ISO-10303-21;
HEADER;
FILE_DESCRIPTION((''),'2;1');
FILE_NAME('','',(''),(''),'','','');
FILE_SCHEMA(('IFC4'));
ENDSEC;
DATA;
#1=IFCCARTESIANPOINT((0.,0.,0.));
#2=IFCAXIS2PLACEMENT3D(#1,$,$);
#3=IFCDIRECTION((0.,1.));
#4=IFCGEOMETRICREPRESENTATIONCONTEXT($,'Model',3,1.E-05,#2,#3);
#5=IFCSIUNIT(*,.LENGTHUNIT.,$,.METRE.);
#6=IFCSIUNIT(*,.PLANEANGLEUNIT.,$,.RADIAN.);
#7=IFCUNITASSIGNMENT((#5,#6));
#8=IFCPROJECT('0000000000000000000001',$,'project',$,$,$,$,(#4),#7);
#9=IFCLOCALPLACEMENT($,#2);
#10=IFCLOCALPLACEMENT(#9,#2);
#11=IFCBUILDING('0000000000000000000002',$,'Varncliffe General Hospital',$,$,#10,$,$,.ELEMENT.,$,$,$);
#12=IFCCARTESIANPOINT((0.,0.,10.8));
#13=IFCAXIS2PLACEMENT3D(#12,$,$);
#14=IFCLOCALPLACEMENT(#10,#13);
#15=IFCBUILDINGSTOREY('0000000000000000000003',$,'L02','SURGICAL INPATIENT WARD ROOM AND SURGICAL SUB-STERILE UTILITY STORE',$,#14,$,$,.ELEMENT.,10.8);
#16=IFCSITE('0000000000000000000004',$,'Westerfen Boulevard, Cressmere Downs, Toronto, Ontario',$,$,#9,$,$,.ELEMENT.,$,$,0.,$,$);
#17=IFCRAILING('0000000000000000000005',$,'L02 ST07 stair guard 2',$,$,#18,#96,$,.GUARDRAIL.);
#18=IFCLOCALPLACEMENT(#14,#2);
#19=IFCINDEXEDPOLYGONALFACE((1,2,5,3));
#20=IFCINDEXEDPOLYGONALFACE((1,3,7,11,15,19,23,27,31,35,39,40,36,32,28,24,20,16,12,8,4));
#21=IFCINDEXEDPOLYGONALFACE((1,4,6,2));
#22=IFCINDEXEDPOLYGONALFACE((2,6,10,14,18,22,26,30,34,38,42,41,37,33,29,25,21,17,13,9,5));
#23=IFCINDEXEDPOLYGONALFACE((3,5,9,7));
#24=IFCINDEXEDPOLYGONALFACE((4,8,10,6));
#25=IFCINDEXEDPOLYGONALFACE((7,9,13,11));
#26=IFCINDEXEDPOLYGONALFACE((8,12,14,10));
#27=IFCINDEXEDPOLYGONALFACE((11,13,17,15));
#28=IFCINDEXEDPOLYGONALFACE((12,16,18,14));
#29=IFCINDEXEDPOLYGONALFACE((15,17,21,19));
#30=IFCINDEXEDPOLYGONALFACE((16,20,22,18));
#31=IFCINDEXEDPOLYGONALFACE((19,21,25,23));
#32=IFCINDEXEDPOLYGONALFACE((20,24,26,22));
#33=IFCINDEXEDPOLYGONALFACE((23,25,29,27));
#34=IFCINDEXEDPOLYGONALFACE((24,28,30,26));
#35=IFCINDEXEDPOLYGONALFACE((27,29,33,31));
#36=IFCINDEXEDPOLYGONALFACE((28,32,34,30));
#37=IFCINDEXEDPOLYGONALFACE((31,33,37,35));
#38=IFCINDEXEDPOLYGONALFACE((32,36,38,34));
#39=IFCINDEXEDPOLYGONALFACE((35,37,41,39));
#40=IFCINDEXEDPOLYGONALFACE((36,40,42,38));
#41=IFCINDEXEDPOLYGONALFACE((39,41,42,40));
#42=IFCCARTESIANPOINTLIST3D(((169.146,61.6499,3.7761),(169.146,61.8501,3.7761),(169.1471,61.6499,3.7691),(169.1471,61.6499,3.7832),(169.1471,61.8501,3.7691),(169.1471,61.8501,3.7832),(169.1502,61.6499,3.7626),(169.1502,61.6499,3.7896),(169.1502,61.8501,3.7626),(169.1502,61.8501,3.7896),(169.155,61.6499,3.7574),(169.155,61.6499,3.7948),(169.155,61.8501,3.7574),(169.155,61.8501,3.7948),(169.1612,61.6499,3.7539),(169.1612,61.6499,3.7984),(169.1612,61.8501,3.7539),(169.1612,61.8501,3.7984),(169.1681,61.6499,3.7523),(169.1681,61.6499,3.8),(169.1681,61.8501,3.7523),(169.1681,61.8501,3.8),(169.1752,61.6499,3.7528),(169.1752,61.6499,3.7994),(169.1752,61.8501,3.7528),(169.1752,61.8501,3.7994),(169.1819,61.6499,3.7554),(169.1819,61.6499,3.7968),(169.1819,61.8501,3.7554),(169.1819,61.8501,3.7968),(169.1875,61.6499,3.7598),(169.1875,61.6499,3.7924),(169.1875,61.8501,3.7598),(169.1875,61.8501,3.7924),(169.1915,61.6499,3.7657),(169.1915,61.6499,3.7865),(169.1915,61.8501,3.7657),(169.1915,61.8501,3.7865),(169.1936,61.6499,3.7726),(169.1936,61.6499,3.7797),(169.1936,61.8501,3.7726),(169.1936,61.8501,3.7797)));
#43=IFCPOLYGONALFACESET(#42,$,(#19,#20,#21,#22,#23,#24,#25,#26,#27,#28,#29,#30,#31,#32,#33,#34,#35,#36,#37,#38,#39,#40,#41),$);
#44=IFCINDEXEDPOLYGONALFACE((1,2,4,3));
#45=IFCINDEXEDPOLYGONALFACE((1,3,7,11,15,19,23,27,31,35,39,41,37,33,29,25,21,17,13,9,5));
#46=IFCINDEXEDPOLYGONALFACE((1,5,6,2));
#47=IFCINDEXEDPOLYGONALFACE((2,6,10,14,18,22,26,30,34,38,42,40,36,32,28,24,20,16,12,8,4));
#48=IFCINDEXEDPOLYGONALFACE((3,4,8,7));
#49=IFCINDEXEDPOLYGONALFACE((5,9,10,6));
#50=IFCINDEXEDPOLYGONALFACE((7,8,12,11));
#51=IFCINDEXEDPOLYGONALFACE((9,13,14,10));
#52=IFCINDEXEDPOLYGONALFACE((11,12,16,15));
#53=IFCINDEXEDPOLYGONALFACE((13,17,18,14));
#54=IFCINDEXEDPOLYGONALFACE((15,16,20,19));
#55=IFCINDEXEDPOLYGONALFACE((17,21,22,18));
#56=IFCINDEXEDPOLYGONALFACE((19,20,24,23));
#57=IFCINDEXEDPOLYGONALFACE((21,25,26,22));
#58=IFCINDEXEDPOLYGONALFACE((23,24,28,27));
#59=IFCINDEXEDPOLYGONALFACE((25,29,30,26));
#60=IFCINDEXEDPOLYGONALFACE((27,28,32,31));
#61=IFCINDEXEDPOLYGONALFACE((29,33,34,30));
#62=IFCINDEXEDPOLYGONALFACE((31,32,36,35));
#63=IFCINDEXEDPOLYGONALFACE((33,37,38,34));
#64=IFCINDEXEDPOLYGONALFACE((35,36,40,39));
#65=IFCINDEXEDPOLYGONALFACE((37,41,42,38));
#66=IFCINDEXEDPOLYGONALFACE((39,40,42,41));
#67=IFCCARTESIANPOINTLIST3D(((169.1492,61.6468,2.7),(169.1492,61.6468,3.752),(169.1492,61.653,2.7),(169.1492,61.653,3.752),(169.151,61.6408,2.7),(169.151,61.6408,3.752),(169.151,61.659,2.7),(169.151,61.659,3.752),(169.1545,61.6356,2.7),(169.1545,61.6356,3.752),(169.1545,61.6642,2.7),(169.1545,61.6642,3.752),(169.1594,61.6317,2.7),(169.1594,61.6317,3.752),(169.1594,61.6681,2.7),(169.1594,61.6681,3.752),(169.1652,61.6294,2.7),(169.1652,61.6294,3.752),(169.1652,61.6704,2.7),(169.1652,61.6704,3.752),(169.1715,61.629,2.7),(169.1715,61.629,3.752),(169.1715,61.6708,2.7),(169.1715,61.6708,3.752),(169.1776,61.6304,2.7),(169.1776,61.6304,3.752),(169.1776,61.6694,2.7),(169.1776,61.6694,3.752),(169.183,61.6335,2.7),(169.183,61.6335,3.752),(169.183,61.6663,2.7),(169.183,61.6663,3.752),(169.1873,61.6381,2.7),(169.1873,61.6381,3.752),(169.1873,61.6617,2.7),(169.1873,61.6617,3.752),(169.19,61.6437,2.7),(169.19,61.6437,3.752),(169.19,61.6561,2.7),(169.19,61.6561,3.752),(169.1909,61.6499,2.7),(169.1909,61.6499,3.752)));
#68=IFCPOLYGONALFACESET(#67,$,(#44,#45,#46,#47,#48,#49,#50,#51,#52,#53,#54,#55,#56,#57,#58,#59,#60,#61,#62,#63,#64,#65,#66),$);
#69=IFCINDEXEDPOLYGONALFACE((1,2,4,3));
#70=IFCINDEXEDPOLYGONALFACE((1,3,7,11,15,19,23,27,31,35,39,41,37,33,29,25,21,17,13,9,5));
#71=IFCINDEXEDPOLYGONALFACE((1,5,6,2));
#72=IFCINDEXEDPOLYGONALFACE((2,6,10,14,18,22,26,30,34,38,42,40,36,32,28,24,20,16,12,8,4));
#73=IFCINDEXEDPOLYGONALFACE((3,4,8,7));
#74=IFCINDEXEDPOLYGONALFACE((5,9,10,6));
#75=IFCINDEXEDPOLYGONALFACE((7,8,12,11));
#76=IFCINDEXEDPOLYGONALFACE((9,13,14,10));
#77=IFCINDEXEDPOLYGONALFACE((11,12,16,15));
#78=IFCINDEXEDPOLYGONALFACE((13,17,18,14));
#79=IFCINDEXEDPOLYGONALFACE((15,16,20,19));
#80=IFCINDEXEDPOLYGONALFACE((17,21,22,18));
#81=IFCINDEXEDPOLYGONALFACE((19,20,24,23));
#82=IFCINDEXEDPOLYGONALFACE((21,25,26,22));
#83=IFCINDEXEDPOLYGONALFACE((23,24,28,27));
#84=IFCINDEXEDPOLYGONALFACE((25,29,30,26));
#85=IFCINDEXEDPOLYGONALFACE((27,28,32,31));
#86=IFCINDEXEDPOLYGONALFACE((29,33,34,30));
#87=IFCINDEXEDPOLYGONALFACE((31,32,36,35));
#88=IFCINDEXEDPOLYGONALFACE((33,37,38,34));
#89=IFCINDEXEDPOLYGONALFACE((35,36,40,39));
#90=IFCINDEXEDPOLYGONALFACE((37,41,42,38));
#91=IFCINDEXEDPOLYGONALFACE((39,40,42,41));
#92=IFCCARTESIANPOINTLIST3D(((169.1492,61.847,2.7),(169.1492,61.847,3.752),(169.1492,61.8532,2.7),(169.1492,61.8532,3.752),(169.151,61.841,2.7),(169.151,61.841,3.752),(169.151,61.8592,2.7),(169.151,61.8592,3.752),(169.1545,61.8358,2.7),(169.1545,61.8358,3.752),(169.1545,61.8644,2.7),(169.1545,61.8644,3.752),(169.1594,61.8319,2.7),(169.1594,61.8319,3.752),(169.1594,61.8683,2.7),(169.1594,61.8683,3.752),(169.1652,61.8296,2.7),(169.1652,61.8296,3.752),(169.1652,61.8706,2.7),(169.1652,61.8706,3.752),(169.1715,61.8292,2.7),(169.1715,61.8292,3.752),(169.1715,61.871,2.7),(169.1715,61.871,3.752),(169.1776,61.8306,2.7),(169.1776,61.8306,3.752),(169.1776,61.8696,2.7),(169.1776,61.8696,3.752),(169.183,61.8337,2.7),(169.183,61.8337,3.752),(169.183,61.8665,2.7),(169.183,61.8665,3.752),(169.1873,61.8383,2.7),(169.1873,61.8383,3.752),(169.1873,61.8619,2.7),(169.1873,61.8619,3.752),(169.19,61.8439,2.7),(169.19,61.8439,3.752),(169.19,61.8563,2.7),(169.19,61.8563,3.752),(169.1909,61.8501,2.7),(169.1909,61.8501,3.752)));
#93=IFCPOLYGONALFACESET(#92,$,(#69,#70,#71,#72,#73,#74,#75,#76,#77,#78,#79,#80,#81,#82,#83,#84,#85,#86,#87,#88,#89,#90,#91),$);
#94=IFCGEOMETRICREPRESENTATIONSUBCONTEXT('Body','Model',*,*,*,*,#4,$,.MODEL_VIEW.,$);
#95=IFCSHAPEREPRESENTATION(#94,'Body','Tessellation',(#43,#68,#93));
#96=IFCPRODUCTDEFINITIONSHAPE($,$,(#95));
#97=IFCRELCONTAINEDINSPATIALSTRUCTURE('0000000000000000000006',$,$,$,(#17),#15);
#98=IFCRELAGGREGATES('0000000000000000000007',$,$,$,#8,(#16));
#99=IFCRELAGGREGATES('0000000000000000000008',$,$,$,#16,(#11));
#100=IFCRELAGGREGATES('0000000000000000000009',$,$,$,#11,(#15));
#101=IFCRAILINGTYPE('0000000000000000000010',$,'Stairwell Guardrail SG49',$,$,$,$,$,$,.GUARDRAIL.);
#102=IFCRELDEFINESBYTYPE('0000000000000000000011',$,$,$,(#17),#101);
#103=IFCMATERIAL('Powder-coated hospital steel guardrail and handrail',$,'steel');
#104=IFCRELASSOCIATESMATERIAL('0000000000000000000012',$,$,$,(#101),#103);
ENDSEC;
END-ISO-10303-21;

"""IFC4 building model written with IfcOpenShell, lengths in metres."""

from ifc_helpers import new_model, si_unit, direction, frame, origin, origin_2d, place, context, subcontext, project, spatial, circle, extrude, material, type_object, element, save


model = new_model("IFC4")

# Units and contexts
model_context = context("Model", 3, precision=1e-05, world=origin(), true_north=direction((0.0, 1.0)))
body_context = subcontext(model_context, "Body", "Model", "MODEL_VIEW")
ifc_project = project(units=[si_unit("LENGTHUNIT", "METRE"), si_unit("PLANEANGLEUNIT", "RADIAN")], contexts=[model_context])

# Site, building, storey
site_placement = place(None, origin())
site = spatial("IfcSite", under=ifc_project, at=site_placement, Name="Westerfen Boulevard, Cressmere Downs, Toronto, Ontario", CompositionType="ELEMENT", RefElevation=0.0)
building_placement = place(site_placement, origin())
building = spatial("IfcBuilding", under=site, at=building_placement, Name="Varncliffe General Hospital", CompositionType="ELEMENT")
storey_placement = place(building_placement, frame((0.0, 0.0, 10.8)))
storey = spatial("IfcBuildingStorey", under=building, at=storey_placement, Name="L02", Description="SURGICAL INPATIENT WARD ROOM AND SURGICAL SUB-STERILE UTILITY STORE", CompositionType="ELEMENT", Elevation=10.8)

# Railing
ifc_material_1 = material(Name="Powder-coated hospital steel guardrail and handrail", Category="steel")
railing_type_1 = type_object("IfcRailingType", Name="Stairwell Guardrail SG49", PredefinedType="GUARDRAIL", material=ifc_material_1)
railing_1_placement = place(storey_placement, frame((169.1699, 61.6499, 2.7)))
element("IfcRailing", 1, at=railing_1_placement, inside=storey, type_object=railing_type_1, Name="L02 ST07 stair guard 2", PredefinedType="GUARDRAIL", context=body_context, shape_type="SweptSolid", body=[
    extrude(circle(Radius=0.0239, at=origin_2d()), frame((0.0, 0.0, 1.0762), z_axis=(0.0, 1.0, 0.0), x_axis=(-1.0, 0.0, 0.0)), (0.0, 0.0, 1.0), 0.2002),
    extrude(circle(Radius=0.021, at=origin_2d()), origin(), (0.0, 0.0, 1.0), 1.052),
    extrude(circle(Radius=0.021, at=origin_2d()), frame((0.0, 0.2002, 0.0)), (0.0, 0.0, 1.0), 1.052),
])

save(model, "model.ifc")
